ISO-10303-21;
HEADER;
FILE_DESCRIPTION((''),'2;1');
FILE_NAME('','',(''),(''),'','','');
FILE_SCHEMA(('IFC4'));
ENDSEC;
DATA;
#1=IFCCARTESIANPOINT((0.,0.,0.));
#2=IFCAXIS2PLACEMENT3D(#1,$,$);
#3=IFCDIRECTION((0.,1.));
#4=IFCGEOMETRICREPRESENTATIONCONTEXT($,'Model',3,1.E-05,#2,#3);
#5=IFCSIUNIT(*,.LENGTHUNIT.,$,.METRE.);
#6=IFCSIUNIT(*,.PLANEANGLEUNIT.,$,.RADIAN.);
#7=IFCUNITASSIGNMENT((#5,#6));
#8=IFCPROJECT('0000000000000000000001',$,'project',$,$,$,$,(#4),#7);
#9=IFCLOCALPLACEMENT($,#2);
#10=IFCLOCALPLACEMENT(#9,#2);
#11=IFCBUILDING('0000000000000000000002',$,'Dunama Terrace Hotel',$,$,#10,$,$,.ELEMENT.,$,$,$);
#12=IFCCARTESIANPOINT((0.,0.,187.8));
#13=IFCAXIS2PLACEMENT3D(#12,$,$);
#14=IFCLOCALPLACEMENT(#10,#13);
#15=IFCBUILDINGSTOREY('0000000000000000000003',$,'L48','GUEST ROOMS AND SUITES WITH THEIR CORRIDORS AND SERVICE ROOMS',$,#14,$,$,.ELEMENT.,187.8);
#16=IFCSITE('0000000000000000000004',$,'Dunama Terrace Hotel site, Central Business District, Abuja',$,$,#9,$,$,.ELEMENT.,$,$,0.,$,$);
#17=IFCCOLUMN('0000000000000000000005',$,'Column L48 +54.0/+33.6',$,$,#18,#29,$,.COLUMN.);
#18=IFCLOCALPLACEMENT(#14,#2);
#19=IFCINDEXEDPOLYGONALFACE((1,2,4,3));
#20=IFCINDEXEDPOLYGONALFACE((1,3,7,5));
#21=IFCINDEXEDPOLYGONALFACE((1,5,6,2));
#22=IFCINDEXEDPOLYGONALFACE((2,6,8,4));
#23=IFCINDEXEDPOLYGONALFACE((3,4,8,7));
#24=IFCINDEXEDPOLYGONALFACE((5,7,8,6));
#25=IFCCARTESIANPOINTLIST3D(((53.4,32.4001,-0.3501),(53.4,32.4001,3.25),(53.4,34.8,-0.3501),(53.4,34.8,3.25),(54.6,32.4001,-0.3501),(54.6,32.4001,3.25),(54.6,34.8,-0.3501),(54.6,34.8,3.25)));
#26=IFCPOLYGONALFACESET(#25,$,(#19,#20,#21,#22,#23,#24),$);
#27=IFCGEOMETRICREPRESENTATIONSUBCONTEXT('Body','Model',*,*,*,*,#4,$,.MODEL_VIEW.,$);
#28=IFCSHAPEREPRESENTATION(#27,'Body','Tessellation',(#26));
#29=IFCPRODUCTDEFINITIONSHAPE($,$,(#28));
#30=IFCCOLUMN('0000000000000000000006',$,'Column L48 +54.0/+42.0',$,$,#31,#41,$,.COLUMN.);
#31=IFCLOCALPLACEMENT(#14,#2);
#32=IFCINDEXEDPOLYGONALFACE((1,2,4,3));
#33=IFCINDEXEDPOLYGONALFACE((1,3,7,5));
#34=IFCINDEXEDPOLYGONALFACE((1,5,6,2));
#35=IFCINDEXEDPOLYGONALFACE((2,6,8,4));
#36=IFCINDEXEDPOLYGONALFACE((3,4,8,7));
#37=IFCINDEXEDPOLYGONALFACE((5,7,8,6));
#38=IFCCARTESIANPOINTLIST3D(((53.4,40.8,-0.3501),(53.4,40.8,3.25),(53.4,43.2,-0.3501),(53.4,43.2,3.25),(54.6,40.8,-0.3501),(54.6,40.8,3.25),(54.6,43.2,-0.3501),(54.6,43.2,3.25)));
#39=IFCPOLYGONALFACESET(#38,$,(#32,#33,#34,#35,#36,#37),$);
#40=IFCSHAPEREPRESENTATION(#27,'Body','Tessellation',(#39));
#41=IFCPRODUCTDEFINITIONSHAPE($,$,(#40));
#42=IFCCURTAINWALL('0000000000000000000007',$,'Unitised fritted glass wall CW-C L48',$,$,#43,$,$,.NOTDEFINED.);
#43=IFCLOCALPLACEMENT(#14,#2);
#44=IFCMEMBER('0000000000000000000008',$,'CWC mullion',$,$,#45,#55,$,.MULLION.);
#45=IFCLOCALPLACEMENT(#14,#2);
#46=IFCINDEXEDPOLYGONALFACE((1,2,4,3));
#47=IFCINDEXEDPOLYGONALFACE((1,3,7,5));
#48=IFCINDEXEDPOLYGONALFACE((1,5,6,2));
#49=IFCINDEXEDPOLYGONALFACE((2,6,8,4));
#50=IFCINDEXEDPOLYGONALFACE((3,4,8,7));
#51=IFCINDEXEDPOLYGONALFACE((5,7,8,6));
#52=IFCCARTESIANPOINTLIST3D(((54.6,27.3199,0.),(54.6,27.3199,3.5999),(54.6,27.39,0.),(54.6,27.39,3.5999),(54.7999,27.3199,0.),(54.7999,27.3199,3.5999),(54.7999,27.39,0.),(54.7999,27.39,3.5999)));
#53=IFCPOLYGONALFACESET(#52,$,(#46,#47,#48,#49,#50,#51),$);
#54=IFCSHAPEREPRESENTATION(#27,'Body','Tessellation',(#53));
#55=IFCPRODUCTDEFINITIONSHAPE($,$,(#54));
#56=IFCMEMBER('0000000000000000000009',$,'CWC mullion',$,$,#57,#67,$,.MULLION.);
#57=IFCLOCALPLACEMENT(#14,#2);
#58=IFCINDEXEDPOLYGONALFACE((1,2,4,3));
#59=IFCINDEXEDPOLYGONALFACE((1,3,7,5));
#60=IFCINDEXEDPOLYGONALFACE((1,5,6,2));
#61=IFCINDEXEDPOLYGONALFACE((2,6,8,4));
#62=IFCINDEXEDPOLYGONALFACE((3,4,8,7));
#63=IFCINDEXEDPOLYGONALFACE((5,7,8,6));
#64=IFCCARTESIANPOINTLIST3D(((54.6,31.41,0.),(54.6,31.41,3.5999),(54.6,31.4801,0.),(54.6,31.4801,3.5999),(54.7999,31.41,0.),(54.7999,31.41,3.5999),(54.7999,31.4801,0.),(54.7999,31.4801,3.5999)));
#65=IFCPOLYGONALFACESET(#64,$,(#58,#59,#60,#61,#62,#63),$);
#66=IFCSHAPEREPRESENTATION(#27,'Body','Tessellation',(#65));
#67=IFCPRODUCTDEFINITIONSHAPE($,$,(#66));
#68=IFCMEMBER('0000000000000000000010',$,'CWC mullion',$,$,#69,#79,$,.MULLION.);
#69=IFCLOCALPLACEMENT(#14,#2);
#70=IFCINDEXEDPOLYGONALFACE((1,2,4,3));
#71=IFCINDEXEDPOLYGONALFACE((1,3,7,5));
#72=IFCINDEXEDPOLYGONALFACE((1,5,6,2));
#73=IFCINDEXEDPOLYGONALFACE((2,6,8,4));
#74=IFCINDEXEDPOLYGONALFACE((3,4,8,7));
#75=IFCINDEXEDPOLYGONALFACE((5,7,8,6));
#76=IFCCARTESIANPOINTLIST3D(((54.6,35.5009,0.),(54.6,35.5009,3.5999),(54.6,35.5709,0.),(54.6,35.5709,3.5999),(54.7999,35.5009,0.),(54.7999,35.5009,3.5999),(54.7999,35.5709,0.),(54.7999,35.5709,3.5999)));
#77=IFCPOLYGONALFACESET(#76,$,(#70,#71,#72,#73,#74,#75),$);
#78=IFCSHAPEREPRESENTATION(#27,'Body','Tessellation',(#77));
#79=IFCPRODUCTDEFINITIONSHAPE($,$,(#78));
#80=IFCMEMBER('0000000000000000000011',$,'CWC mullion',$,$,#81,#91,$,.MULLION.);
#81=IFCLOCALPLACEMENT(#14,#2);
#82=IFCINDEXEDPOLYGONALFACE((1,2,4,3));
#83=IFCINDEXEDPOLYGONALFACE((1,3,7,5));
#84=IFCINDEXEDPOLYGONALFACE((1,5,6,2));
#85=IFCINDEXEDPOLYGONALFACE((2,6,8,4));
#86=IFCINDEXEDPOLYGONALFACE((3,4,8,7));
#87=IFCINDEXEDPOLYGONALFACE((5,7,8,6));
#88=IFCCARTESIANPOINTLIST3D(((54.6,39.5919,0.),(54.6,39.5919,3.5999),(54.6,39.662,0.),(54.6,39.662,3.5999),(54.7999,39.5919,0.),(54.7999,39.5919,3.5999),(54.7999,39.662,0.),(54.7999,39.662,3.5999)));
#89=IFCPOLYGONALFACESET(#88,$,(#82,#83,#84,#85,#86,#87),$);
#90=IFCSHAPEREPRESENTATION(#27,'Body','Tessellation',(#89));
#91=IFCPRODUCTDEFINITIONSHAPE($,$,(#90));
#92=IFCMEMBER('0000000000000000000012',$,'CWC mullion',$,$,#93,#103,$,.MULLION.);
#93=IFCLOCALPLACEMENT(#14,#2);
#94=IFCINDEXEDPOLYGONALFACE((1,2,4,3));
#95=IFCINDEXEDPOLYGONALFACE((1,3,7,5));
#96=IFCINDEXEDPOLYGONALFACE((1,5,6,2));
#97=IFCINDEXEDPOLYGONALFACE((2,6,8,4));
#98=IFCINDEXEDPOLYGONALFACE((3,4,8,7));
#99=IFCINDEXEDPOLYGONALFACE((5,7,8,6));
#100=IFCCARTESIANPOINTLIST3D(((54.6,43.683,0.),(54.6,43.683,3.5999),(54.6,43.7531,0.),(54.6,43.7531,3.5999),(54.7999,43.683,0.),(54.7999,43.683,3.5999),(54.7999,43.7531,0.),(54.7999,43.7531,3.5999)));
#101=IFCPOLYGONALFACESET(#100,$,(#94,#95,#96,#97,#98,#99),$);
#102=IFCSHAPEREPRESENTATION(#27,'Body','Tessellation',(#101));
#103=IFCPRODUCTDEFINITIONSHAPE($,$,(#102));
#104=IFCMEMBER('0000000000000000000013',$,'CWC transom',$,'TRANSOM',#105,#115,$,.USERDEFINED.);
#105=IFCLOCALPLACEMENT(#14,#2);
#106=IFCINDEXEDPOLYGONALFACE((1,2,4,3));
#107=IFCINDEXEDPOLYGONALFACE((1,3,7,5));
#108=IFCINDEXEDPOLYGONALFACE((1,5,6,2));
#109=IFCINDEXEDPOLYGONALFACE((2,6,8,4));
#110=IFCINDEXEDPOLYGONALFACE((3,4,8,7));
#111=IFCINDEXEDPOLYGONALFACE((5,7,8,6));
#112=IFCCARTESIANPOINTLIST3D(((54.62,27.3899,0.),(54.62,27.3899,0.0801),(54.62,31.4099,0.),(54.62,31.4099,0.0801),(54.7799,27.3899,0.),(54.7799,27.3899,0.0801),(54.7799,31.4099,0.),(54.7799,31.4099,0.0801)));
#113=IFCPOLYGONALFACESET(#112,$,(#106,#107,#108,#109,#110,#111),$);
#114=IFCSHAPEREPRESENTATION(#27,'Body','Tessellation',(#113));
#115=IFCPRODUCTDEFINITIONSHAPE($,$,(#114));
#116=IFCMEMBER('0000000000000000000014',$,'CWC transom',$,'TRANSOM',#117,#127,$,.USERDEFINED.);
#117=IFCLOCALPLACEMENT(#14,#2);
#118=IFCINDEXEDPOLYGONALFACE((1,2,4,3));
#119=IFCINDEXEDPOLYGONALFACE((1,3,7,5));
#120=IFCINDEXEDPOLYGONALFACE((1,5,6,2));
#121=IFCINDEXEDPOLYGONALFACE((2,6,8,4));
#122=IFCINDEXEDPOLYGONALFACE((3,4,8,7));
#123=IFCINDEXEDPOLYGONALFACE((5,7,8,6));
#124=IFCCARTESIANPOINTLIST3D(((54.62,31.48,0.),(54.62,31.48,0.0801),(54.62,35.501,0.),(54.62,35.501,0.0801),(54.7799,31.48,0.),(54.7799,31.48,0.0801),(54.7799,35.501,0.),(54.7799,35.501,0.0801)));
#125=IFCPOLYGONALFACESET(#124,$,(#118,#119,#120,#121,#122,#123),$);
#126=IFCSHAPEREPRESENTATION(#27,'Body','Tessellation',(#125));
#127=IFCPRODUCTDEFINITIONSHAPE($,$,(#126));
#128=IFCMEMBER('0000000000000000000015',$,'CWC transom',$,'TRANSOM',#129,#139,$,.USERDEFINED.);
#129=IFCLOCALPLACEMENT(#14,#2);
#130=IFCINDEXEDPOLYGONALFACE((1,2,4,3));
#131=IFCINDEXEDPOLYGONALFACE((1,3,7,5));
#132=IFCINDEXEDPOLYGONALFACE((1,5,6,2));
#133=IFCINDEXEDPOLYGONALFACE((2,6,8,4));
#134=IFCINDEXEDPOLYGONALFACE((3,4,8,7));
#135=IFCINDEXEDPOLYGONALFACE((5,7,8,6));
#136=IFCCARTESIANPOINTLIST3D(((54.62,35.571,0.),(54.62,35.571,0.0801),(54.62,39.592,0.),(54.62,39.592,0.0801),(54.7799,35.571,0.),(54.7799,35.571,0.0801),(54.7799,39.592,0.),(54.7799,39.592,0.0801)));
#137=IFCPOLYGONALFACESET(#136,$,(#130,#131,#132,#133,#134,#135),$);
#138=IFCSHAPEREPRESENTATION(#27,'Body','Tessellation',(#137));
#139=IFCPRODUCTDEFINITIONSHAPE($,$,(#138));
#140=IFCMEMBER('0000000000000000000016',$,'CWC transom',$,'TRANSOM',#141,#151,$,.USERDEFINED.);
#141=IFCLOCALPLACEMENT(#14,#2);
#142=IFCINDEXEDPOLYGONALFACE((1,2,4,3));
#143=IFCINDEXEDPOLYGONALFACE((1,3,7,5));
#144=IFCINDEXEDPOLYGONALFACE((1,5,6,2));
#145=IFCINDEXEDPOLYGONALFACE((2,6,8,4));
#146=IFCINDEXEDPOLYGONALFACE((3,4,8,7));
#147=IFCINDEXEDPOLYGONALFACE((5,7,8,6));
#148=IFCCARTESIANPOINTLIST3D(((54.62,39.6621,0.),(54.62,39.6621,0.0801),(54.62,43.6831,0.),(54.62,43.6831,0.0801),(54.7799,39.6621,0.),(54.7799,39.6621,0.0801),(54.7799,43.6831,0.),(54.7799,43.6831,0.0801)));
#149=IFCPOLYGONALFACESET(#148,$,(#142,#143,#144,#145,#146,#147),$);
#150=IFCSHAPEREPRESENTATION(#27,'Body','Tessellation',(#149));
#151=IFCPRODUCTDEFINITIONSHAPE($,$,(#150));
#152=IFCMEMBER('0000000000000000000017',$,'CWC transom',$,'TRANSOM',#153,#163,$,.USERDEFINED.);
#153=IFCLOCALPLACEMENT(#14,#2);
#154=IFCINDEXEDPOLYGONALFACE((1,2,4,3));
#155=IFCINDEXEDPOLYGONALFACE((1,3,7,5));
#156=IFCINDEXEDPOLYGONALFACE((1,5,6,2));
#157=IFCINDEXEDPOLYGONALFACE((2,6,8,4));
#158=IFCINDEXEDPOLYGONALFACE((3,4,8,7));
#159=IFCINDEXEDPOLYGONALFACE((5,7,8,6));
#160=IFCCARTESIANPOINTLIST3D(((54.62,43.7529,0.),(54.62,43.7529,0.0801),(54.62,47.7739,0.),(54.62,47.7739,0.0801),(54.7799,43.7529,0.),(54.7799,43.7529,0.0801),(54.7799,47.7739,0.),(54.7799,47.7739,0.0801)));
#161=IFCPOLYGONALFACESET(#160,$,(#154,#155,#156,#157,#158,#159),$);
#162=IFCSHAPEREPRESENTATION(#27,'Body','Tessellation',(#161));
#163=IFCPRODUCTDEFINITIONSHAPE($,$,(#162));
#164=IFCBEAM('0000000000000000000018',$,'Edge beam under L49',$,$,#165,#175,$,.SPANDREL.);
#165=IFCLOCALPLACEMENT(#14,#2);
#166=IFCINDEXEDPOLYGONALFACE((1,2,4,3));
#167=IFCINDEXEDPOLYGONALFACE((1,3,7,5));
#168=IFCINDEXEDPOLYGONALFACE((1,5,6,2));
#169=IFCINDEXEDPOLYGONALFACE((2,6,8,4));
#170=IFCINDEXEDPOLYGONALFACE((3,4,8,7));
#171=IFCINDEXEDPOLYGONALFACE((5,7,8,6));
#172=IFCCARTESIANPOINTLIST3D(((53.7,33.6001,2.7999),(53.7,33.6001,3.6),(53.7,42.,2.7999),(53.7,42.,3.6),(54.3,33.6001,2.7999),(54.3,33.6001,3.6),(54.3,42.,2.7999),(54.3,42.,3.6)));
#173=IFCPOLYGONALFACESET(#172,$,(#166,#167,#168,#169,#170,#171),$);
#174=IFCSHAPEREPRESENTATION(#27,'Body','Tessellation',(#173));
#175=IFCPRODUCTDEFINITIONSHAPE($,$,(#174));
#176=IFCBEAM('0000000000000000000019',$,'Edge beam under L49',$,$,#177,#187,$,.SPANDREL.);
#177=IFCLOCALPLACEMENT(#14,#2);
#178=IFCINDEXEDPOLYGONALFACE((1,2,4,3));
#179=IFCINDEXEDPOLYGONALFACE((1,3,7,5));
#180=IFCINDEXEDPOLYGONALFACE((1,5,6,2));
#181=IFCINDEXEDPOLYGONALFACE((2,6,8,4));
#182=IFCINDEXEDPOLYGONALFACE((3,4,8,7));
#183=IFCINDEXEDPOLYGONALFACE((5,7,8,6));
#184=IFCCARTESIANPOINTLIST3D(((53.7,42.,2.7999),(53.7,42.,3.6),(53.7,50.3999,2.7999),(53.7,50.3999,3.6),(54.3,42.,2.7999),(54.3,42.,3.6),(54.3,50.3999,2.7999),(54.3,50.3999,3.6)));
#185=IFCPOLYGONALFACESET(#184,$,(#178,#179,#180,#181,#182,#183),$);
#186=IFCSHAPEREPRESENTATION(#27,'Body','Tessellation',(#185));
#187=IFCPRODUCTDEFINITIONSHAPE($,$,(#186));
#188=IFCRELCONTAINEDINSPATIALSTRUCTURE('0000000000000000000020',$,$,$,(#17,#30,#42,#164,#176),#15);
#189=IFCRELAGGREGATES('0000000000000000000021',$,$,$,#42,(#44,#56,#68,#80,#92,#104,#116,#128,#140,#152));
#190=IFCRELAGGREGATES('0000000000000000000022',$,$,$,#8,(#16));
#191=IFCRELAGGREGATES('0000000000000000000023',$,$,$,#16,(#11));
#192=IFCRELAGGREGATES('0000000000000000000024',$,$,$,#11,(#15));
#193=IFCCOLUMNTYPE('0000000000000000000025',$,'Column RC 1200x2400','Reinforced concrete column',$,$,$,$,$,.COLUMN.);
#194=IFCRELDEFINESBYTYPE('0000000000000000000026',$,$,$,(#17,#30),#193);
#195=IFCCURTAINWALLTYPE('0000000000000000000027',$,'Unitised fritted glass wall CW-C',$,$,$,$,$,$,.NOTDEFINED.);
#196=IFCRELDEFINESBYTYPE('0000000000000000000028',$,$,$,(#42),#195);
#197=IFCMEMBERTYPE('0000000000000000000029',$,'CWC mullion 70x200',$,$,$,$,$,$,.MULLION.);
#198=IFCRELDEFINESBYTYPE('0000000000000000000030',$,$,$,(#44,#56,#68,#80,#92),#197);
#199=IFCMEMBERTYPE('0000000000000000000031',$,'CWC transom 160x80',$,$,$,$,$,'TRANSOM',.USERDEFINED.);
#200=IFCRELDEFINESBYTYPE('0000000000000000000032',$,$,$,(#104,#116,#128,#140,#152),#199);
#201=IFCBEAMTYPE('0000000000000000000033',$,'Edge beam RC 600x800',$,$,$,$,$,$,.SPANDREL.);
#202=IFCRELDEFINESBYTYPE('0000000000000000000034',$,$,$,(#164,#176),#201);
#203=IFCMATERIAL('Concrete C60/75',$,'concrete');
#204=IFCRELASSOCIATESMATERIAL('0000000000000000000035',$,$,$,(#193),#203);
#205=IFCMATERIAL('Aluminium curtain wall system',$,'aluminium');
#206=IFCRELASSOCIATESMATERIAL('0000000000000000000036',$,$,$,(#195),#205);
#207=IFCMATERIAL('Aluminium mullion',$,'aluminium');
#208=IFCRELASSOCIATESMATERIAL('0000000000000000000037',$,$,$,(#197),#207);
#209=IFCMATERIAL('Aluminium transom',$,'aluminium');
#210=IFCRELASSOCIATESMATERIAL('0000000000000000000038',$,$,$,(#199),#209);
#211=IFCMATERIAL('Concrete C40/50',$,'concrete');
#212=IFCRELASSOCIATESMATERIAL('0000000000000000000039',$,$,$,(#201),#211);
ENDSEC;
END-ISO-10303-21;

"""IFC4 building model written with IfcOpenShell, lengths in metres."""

from ifc_helpers import new_model, si_unit, direction, frame, origin, origin_2d, place, context, subcontext, project, spatial, rectangle, extrude, material, material_profile, profile_set, type_object, element, aggregate, save


model = new_model("IFC4")

# Units and contexts
model_context = context("Model", 3, precision=1e-05, world=origin(), true_north=direction((0.0, 1.0)))
body_context = subcontext(model_context, "Body", "Model", "MODEL_VIEW")
ifc_project = project(units=[si_unit("LENGTHUNIT", "METRE"), si_unit("PLANEANGLEUNIT", "RADIAN")], contexts=[model_context])

# Site, building, storey
site_placement = place(None, origin())
site = spatial("IfcSite", under=ifc_project, at=site_placement, Name="Dunama Terrace Hotel site, Central Business District, Abuja", CompositionType="ELEMENT", RefElevation=0.0)
building_placement = place(site_placement, origin())
building = spatial("IfcBuilding", under=site, at=building_placement, Name="Dunama Terrace Hotel", CompositionType="ELEMENT")
storey_placement = place(building_placement, frame((0.0, 0.0, 187.8)))
storey = spatial("IfcBuildingStorey", under=building, at=storey_placement, Name="L48", Description="GUEST ROOMS AND SUITES WITH THEIR CORRIDORS AND SERVICE ROOMS", CompositionType="ELEMENT", Elevation=187.8)

# Columns
ifc_material_1 = material(Name="Concrete C60/75", Category="concrete")
ifc_material_profile_1 = material_profile(ifc_material_1, rectangle(XDim=1.2, YDim=2.3999, at=origin_2d()), Name="RC 1200x2400")
ifc_profile_set_1 = profile_set([ifc_material_profile_1], Name="Concrete C60/75")
column_type = type_object("IfcColumnType", Name="Column RC 1200x2400", Description="Reinforced concrete column", PredefinedType="COLUMN", material=ifc_profile_set_1)
for number, where, z_axis, x_axis, name in (
    (1, (54.0, 33.6001, -0.3501), (0.0, 0.0, 1.0), (1.0, 0.0, 0.0), "Column L48 +54.0/+33.6"),
    (2, (54.0, 42.0, -0.3501), (0.0, 0.0, 1.0), (1.0, 0.0, 0.0), "Column L48 +54.0/+42.0"),
):
    element("IfcColumn", number, at=place(storey_placement, frame(where, z_axis=z_axis, x_axis=x_axis)), inside=storey, type_object=column_type, Name=name, PredefinedType="COLUMN", context=body_context, shape_type="SweptSolid", body=[
        extrude(rectangle(XDim=1.2, YDim=2.3999, at=origin_2d()), origin(), (0.0, 0.0, 1.0), 3.6001),
    ])

# Curtain wall, members
ifc_material_2 = material(Name="Aluminium curtain wall system", Category="aluminium")
curtain_wall_type = type_object("IfcCurtainWallType", Name="Unitised fritted glass wall CW-C", PredefinedType="NOTDEFINED", material=ifc_material_2)
curtain_wall_placement = place(storey_placement, origin())
curtain_wall = element("IfcCurtainWall", 3, at=curtain_wall_placement, inside=storey, type_object=curtain_wall_type, Name="Unitised fritted glass wall CW-C L48", PredefinedType="NOTDEFINED")
ifc_material_3 = material(Name="Aluminium mullion", Category="aluminium")
ifc_material_profile_2 = material_profile(ifc_material_3, rectangle(XDim=0.0701, YDim=0.2, at=origin_2d()), Name="CWC MULLION 70X200")
ifc_profile_set_2 = profile_set([ifc_material_profile_2], Name="Aluminium mullion")
member_type_1 = type_object("IfcMemberType", Name="CWC mullion 70x200", PredefinedType="MULLION", material=ifc_profile_set_2)
member_1_placement = place(storey_placement, frame((54.7, 27.355, 0.0), z_axis=(0.0, 0.0, 1.0), x_axis=(0.0, 1.0, 0.0)))
member_1 = element("IfcMember", 4, at=member_1_placement, type_object=member_type_1, Name="CWC mullion", PredefinedType="MULLION", context=body_context, shape_type="SweptSolid", body=[
    extrude(rectangle(XDim=0.0701, YDim=0.2, at=origin_2d()), origin(), (0.0, 0.0, 1.0), 3.5999),
])
member_2_placement = place(storey_placement, frame((54.7, 31.4451, 0.0), z_axis=(0.0, 0.0, 1.0), x_axis=(0.0, 1.0, 0.0)))
member_2 = element("IfcMember", 5, at=member_2_placement, type_object=member_type_1, Name="CWC mullion", PredefinedType="MULLION", context=body_context, shape_type="SweptSolid", body=[
    extrude(rectangle(XDim=0.0701, YDim=0.2, at=origin_2d()), origin(), (0.0, 0.0, 1.0), 3.5999),
])
member_3_placement = place(storey_placement, frame((54.7, 35.5359, 0.0), z_axis=(0.0, 0.0, 1.0), x_axis=(0.0, 1.0, 0.0)))
member_3 = element("IfcMember", 6, at=member_3_placement, type_object=member_type_1, Name="CWC mullion", PredefinedType="MULLION", context=body_context, shape_type="SweptSolid", body=[
    extrude(rectangle(XDim=0.0701, YDim=0.2, at=origin_2d()), origin(), (0.0, 0.0, 1.0), 3.5999),
])
member_4_placement = place(storey_placement, frame((54.7, 39.627, 0.0), z_axis=(0.0, 0.0, 1.0), x_axis=(0.0, 1.0, 0.0)))
member_4 = element("IfcMember", 7, at=member_4_placement, type_object=member_type_1, Name="CWC mullion", PredefinedType="MULLION", context=body_context, shape_type="SweptSolid", body=[
    extrude(rectangle(XDim=0.0701, YDim=0.2, at=origin_2d()), origin(), (0.0, 0.0, 1.0), 3.5999),
])
member_5_placement = place(storey_placement, frame((54.7, 43.718, 0.0), z_axis=(0.0, 0.0, 1.0), x_axis=(0.0, 1.0, 0.0)))
member_5 = element("IfcMember", 8, at=member_5_placement, type_object=member_type_1, Name="CWC mullion", PredefinedType="MULLION", context=body_context, shape_type="SweptSolid", body=[
    extrude(rectangle(XDim=0.0701, YDim=0.2, at=origin_2d()), origin(), (0.0, 0.0, 1.0), 3.5999),
])
ifc_material_4 = material(Name="Aluminium transom", Category="aluminium")
ifc_material_profile_3 = material_profile(ifc_material_4, rectangle(XDim=0.1599, YDim=0.0801, at=origin_2d()), Name="CWC TRANSOM 160X80")
ifc_profile_set_3 = profile_set([ifc_material_profile_3], Name="Aluminium transom")
member_type_2 = type_object("IfcMemberType", Name="CWC transom 160x80", ElementType="TRANSOM", PredefinedType="USERDEFINED", material=ifc_profile_set_3)
member_6_placement = place(storey_placement, frame((54.7, 27.3899, 0.04), z_axis=(0.0, 1.0, 0.0), x_axis=(-1.0, 0.0, 0.0)))
member_6 = element("IfcMember", 9, at=member_6_placement, type_object=member_type_2, Name="CWC transom", ObjectType="TRANSOM", PredefinedType="USERDEFINED", context=body_context, shape_type="SweptSolid", body=[
    extrude(rectangle(XDim=0.1599, YDim=0.0801, at=origin_2d()), origin(), (0.0, 0.0, 1.0), 4.02),
])
member_7_placement = place(storey_placement, frame((54.7, 31.48, 0.04), z_axis=(0.0, 1.0, 0.0), x_axis=(-1.0, 0.0, 0.0)))
member_7 = element("IfcMember", 10, at=member_7_placement, type_object=member_type_2, Name="CWC transom", ObjectType="TRANSOM", PredefinedType="USERDEFINED", context=body_context, shape_type="SweptSolid", body=[
    extrude(rectangle(XDim=0.1599, YDim=0.0801, at=origin_2d()), origin(), (0.0, 0.0, 1.0), 4.021),
])
member_8_placement = place(storey_placement, frame((54.7, 35.571, 0.04), z_axis=(0.0, 1.0, 0.0), x_axis=(-1.0, 0.0, 0.0)))
member_8 = element("IfcMember", 11, at=member_8_placement, type_object=member_type_2, Name="CWC transom", ObjectType="TRANSOM", PredefinedType="USERDEFINED", context=body_context, shape_type="SweptSolid", body=[
    extrude(rectangle(XDim=0.1599, YDim=0.0801, at=origin_2d()), origin(), (0.0, 0.0, 1.0), 4.021),
])
member_9_placement = place(storey_placement, frame((54.7, 39.6621, 0.04), z_axis=(0.0, 1.0, 0.0), x_axis=(-1.0, 0.0, 0.0)))
member_9 = element("IfcMember", 12, at=member_9_placement, type_object=member_type_2, Name="CWC transom", ObjectType="TRANSOM", PredefinedType="USERDEFINED", context=body_context, shape_type="SweptSolid", body=[
    extrude(rectangle(XDim=0.1599, YDim=0.0801, at=origin_2d()), origin(), (0.0, 0.0, 1.0), 4.021),
])
member_10_placement = place(storey_placement, frame((54.7, 43.7529, 0.04), z_axis=(0.0, 1.0, 0.0), x_axis=(-1.0, 0.0, 0.0)))
member_10 = element("IfcMember", 13, at=member_10_placement, type_object=member_type_2, Name="CWC transom", ObjectType="TRANSOM", PredefinedType="USERDEFINED", context=body_context, shape_type="SweptSolid", body=[
    extrude(rectangle(XDim=0.1599, YDim=0.0801, at=origin_2d()), origin(), (0.0, 0.0, 1.0), 4.021),
])

# Beams
ifc_material_5 = material(Name="Concrete C40/50", Category="concrete")
ifc_material_profile_4 = material_profile(ifc_material_5, rectangle(XDim=0.6001, YDim=0.8, at=origin_2d()), Name="RC 600x800")
ifc_profile_set_4 = profile_set([ifc_material_profile_4], Name="Concrete C40/50")
beam_type = type_object("IfcBeamType", Name="Edge beam RC 600x800", PredefinedType="SPANDREL", material=ifc_profile_set_4)
for number, where, z_axis, x_axis, name in (
    (14, (54.0, 33.6001, 3.2), (0.0, 1.0, 0.0), (-1.0, 0.0, 0.0), "Edge beam under L49"),
    (15, (54.0, 42.0, 3.2), (0.0, 1.0, 0.0), (-1.0, 0.0, 0.0), "Edge beam under L49"),
):
    element("IfcBeam", number, at=place(storey_placement, frame(where, z_axis=z_axis, x_axis=x_axis)), inside=storey, type_object=beam_type, Name=name, PredefinedType="SPANDREL", context=body_context, shape_type="SweptSolid", body=[
        extrude(rectangle(XDim=0.6001, YDim=0.8, at=origin_2d()), origin(), (0.0, 0.0, 1.0), 8.3999),
    ])

aggregate(curtain_wall, [member_1, member_2, member_3, member_4, member_5, member_6, member_7, member_8, member_9, member_10])

save(model, "model.ifc")
